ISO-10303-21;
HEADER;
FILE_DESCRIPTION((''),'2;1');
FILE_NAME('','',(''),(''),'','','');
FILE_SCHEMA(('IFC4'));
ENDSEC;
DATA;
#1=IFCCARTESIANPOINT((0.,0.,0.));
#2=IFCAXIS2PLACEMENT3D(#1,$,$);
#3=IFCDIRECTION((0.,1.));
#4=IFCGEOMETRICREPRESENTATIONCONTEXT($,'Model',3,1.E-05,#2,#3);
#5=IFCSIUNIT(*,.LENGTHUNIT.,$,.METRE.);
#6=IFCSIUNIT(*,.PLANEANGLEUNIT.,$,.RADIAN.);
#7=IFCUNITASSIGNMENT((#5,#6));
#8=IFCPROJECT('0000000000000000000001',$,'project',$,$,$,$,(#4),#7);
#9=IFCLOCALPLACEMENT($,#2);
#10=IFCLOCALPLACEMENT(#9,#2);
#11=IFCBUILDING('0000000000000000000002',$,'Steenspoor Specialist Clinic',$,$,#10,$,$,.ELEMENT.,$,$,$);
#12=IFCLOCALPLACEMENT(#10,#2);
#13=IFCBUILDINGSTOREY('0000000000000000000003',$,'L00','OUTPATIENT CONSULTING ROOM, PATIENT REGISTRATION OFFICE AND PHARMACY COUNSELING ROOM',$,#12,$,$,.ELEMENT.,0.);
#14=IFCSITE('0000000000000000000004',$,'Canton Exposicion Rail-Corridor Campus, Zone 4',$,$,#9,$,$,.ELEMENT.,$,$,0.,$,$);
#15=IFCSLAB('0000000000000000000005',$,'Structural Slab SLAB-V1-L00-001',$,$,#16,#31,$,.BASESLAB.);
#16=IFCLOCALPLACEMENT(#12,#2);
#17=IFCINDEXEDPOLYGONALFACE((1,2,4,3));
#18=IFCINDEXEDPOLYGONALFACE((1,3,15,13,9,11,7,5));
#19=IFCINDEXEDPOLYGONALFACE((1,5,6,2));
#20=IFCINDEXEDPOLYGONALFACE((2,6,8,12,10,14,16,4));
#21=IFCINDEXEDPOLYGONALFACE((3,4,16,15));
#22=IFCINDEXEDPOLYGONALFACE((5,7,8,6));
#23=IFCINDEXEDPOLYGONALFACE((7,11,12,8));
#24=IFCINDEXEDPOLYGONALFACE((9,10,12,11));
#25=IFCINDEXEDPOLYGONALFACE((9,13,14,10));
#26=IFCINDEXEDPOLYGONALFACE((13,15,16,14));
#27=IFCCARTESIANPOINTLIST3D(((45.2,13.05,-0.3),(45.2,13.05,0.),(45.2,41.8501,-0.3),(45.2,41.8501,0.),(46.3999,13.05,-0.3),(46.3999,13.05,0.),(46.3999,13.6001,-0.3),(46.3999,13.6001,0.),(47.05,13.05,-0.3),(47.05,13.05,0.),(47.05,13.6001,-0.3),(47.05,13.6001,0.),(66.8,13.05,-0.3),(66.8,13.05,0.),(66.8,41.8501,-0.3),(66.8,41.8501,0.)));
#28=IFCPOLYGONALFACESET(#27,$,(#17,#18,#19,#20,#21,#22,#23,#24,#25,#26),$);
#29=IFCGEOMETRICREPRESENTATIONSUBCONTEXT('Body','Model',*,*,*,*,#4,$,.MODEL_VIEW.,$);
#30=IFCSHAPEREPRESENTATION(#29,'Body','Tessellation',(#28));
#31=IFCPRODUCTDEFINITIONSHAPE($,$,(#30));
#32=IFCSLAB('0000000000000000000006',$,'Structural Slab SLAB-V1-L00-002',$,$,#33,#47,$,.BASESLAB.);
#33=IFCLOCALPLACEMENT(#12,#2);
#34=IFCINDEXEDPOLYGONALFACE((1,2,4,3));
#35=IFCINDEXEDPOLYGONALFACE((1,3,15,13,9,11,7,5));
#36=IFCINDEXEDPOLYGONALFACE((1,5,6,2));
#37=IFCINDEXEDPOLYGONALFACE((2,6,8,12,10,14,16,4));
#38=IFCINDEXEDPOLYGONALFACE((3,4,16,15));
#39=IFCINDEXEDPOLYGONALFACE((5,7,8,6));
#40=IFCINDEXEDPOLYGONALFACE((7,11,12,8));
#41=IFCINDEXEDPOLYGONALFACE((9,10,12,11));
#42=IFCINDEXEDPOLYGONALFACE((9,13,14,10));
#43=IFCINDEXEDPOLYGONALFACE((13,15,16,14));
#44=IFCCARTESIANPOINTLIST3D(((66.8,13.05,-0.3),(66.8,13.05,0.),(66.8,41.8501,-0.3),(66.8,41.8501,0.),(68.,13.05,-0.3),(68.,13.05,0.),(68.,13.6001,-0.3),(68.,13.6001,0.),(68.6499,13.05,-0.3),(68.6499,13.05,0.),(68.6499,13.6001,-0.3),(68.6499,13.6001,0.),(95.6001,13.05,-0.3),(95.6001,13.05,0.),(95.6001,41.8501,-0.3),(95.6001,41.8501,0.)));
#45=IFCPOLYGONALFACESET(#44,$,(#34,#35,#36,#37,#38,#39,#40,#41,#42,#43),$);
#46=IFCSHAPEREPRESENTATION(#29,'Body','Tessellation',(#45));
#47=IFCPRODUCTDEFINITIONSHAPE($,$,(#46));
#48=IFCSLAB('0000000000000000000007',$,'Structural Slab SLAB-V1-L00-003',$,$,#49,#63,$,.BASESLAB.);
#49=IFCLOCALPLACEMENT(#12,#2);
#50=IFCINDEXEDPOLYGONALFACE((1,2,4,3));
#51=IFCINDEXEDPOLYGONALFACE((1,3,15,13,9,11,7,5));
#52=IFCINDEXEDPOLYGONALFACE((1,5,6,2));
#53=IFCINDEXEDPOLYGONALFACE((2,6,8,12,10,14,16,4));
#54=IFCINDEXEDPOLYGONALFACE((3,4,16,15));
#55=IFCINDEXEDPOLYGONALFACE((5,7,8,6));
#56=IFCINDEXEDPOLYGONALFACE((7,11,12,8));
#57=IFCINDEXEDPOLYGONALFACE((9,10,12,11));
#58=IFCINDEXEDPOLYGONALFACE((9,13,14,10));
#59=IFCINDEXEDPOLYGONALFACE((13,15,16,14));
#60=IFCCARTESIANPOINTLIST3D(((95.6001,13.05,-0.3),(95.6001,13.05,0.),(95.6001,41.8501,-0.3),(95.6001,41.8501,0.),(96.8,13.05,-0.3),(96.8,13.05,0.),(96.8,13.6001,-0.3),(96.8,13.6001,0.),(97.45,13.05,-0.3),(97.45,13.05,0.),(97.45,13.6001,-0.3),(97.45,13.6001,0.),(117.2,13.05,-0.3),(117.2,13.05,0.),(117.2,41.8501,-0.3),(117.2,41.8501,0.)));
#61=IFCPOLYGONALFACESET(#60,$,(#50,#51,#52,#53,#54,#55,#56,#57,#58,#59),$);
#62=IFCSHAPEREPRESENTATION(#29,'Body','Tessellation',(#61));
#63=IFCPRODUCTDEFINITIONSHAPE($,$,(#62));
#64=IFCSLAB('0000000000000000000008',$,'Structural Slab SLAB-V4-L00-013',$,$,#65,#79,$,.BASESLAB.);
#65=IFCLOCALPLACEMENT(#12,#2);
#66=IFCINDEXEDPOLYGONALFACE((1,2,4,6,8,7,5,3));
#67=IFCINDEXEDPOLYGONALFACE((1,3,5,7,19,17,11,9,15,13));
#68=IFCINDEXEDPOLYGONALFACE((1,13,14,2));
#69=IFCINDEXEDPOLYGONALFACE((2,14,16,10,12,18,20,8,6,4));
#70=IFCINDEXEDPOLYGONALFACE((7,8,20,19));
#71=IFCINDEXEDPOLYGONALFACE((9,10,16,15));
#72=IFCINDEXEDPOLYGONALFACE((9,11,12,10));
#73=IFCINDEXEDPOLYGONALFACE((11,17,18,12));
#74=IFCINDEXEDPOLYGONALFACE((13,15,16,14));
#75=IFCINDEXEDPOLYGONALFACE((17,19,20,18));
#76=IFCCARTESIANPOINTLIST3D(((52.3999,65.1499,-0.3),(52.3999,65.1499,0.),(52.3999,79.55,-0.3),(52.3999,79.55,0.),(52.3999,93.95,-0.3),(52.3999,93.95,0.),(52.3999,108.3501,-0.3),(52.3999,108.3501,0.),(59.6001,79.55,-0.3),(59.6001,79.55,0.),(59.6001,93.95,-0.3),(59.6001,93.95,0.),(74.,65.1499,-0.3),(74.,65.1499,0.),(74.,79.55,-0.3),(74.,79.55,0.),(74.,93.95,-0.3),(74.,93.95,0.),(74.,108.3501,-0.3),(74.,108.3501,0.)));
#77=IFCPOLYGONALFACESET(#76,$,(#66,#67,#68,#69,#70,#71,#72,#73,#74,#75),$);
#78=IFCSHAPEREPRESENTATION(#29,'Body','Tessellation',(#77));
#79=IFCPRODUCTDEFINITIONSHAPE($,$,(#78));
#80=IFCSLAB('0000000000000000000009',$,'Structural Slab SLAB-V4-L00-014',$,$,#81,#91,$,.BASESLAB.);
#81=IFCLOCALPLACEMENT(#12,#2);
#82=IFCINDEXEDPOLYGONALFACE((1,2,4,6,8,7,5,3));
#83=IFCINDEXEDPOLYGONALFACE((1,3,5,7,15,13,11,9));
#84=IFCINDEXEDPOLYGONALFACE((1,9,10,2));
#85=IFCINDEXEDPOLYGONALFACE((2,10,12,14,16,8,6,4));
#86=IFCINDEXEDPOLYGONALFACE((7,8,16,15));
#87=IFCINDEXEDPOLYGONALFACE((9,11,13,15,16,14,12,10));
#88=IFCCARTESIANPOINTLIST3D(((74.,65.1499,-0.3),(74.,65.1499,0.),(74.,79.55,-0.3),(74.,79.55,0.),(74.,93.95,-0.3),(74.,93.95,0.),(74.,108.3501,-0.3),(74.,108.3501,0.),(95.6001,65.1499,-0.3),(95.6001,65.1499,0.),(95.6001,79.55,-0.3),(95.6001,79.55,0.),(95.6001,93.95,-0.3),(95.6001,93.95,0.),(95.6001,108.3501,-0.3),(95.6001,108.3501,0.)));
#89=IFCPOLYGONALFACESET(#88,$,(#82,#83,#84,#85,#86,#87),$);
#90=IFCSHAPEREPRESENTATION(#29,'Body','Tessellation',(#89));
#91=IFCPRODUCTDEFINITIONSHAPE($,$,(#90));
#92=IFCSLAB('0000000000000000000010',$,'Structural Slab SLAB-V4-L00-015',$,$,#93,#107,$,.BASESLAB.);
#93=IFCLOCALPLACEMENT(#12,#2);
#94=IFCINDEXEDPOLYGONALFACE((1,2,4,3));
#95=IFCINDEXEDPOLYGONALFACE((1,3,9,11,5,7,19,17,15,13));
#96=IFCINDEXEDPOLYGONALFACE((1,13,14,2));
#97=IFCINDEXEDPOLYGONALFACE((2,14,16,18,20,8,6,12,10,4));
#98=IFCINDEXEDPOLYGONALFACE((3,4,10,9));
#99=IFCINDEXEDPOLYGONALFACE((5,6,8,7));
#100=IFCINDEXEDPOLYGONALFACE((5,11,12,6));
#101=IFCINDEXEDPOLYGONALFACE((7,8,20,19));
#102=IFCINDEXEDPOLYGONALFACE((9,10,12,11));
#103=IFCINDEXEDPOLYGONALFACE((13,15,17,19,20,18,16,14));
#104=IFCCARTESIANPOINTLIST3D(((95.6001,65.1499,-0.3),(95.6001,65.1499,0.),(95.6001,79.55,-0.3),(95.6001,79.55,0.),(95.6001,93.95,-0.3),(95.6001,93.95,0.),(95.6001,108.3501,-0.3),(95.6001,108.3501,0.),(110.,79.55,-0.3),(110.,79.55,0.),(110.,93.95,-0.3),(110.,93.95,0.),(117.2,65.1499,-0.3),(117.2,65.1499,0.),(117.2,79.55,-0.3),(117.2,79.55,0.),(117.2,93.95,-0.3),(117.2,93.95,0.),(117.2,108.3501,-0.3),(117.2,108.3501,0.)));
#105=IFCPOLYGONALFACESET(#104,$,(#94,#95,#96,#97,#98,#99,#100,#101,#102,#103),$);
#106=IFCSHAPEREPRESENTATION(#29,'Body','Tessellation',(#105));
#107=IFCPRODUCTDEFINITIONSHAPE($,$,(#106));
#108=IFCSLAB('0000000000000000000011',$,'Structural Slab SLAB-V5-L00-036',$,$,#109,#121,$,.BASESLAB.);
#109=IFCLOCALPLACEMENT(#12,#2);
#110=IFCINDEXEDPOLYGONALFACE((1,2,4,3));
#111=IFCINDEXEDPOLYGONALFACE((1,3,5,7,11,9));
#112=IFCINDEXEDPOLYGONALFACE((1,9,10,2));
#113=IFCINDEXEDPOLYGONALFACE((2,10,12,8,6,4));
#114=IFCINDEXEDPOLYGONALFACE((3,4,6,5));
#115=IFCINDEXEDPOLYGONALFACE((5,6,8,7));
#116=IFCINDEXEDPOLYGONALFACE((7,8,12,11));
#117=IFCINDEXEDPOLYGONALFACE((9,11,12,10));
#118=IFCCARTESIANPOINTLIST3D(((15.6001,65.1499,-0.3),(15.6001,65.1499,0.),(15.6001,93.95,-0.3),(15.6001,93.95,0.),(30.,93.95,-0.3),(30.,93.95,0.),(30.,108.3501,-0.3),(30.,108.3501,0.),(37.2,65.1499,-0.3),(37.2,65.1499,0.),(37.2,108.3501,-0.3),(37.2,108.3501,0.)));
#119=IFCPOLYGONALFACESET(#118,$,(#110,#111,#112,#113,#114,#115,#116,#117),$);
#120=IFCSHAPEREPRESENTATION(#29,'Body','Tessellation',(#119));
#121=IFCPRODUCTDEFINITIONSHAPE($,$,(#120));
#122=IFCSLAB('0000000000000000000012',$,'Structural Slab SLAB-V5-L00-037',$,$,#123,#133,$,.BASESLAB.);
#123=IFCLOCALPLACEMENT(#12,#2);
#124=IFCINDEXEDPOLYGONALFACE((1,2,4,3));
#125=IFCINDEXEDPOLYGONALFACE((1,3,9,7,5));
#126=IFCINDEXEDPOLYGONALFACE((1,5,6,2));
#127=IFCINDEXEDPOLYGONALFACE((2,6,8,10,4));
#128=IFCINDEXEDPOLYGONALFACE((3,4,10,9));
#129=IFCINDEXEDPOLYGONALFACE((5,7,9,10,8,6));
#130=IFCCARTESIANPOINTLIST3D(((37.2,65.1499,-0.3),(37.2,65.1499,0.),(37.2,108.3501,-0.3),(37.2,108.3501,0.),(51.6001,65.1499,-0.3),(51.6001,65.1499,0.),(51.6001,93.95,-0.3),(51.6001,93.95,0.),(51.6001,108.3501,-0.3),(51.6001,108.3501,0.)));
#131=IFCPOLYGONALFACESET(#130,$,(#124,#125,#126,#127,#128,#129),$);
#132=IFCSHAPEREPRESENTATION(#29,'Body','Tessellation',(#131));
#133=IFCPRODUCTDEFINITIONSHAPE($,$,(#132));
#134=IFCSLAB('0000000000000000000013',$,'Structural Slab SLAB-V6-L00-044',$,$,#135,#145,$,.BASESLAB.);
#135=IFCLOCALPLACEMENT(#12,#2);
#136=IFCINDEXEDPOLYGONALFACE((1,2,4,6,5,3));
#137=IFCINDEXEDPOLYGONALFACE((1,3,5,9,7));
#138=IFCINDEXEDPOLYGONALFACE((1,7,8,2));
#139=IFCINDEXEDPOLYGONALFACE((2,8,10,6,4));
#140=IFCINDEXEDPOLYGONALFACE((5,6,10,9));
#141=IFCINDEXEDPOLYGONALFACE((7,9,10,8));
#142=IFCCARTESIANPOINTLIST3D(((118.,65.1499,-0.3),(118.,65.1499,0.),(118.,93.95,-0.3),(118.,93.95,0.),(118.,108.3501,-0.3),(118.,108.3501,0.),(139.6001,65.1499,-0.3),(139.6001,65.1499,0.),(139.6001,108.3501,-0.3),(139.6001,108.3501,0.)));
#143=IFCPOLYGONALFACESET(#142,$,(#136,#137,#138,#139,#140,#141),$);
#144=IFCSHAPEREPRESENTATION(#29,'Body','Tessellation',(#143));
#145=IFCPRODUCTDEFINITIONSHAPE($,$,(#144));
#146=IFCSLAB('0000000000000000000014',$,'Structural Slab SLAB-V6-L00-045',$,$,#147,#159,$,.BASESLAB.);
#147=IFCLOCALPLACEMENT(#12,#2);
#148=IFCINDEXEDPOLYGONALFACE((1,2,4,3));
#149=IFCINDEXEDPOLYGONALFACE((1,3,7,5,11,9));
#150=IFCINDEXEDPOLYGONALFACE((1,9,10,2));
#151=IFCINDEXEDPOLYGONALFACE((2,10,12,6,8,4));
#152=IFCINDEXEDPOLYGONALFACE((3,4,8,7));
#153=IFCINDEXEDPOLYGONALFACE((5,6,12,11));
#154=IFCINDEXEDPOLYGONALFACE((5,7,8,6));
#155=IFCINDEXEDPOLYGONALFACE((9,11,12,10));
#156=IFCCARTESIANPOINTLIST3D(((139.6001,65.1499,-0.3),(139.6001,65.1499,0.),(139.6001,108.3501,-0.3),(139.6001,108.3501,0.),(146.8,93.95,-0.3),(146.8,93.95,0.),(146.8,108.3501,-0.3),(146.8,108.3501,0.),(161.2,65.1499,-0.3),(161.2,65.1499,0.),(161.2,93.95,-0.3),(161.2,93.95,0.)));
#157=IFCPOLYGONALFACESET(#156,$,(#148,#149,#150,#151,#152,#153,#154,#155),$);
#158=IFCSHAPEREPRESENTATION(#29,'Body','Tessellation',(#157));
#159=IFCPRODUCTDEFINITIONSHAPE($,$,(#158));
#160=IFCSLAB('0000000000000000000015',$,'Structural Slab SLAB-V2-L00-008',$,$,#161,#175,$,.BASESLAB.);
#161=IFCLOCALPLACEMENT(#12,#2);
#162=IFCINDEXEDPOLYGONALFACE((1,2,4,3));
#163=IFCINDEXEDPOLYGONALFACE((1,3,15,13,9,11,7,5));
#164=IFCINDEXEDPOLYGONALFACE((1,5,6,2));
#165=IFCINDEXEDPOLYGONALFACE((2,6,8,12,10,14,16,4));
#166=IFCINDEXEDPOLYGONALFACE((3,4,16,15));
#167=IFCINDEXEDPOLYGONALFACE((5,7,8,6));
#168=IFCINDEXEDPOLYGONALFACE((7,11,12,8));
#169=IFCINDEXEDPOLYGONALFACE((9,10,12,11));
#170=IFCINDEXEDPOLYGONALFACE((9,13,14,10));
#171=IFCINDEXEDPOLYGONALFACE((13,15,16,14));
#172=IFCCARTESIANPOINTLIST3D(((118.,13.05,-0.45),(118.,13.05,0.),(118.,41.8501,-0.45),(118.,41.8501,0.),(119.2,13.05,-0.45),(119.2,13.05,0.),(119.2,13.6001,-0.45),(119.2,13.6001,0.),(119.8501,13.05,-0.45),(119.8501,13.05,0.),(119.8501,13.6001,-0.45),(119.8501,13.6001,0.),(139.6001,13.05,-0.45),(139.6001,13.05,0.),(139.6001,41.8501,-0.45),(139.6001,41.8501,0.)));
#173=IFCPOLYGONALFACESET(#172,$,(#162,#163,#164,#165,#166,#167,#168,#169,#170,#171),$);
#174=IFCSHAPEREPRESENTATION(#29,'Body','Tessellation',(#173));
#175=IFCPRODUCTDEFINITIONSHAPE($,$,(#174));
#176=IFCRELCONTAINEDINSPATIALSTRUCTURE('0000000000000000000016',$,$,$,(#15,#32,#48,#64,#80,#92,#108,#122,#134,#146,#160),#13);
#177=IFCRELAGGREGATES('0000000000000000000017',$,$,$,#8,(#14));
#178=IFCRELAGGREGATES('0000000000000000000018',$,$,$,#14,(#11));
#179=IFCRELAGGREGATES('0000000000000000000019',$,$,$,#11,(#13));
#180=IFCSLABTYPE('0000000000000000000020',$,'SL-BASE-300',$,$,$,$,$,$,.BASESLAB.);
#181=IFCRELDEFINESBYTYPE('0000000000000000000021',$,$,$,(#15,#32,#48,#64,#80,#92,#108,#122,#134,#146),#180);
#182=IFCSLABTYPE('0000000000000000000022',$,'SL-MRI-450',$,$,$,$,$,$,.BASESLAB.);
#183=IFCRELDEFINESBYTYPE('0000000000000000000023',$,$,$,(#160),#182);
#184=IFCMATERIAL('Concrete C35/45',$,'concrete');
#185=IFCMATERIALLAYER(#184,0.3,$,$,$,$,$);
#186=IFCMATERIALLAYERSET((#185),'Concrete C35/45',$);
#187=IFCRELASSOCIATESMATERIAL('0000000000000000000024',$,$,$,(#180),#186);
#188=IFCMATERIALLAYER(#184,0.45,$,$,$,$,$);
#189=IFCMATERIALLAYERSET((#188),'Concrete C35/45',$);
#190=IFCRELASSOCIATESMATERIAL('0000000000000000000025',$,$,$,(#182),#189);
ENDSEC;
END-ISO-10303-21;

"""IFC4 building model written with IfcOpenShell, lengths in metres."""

from ifc_helpers import new_model, si_unit, direction, frame, origin, place, context, subcontext, project, spatial, polyline, outline, extrude, material, layer, layer_set, type_object, element, save


model = new_model("IFC4")

# Units and contexts
model_context = context("Model", 3, precision=1e-05, world=origin(), true_north=direction((0.0, 1.0)))
body_context = subcontext(model_context, "Body", "Model", "MODEL_VIEW")
ifc_project = project(units=[si_unit("LENGTHUNIT", "METRE"), si_unit("PLANEANGLEUNIT", "RADIAN")], contexts=[model_context])

# Site, building, storey
site_placement = place(None, origin())
site = spatial("IfcSite", under=ifc_project, at=site_placement, Name="Canton Exposicion Rail-Corridor Campus, Zone 4", CompositionType="ELEMENT", RefElevation=0.0)
building_placement = place(site_placement, origin())
building = spatial("IfcBuilding", under=site, at=building_placement, Name="Steenspoor Specialist Clinic", CompositionType="ELEMENT")
storey_placement = place(building_placement, origin())
storey = spatial("IfcBuildingStorey", under=building, at=storey_placement, Name="L00", Description="OUTPATIENT CONSULTING ROOM, PATIENT REGISTRATION OFFICE AND PHARMACY COUNSELING ROOM", CompositionType="ELEMENT", Elevation=0.0)

# Slabs
ifc_material = material(Name="Concrete C35/45", Category="concrete")
ifc_layer_1 = layer(ifc_material, 0.3)
ifc_layer_set_1 = layer_set([ifc_layer_1], Name="Concrete C35/45")
slab_type_1 = type_object("IfcSlabType", Name="SL-BASE-300", PredefinedType="BASESLAB", material=ifc_layer_set_1)
slab_1_placement = place(storey_placement, frame((0.0, 0.0, -0.3)))
element("IfcSlab", 1, at=slab_1_placement, inside=storey, type_object=slab_type_1, Name="Structural Slab SLAB-V1-L00-001", PredefinedType="BASESLAB", context=body_context, shape_type="SweptSolid", body=[
    extrude(outline(polyline([(45.2, 41.8501), (66.8, 41.8501), (66.8, 13.05), (47.05, 13.05), (47.05, 13.6001), (46.3999, 13.6001), (46.3999, 13.05), (45.2, 13.05), (45.2, 41.8501)])), origin(), (0.0, 0.0, 1.0), 0.3),
])
slab_2_placement = place(storey_placement, frame((0.0, 0.0, -0.3)))
element("IfcSlab", 2, at=slab_2_placement, inside=storey, type_object=slab_type_1, Name="Structural Slab SLAB-V1-L00-002", PredefinedType="BASESLAB", context=body_context, shape_type="SweptSolid", body=[
    extrude(outline(polyline([(95.6001, 13.05), (68.6499, 13.05), (68.6499, 13.6001), (68.0, 13.6001), (68.0, 13.05), (66.8, 13.05), (66.8, 41.8501), (95.6001, 41.8501), (95.6001, 13.05)])), origin(), (0.0, 0.0, 1.0), 0.3),
])
slab_3_placement = place(storey_placement, frame((0.0, 0.0, -0.3)))
element("IfcSlab", 3, at=slab_3_placement, inside=storey, type_object=slab_type_1, Name="Structural Slab SLAB-V1-L00-003", PredefinedType="BASESLAB", context=body_context, shape_type="SweptSolid", body=[
    extrude(outline(polyline([(117.2, 13.05), (97.45, 13.05), (97.45, 13.6001), (96.8, 13.6001), (96.8, 13.05), (95.6001, 13.05), (95.6001, 41.8501), (117.2, 41.8501), (117.2, 13.05)])), origin(), (0.0, 0.0, 1.0), 0.3),
])
slab_4_placement = place(storey_placement, frame((0.0, 0.0, -0.3)))
element("IfcSlab", 4, at=slab_4_placement, inside=storey, type_object=slab_type_1, Name="Structural Slab SLAB-V4-L00-013", PredefinedType="BASESLAB", context=body_context, shape_type="SweptSolid", body=[
    extrude(outline(polyline([(52.3999, 65.1499), (52.3999, 79.55), (52.3999, 93.95), (52.3999, 108.3501), (74.0, 108.3501), (74.0, 93.95), (59.6001, 93.95), (59.6001, 79.55), (74.0, 79.55), (74.0, 65.1499), (52.3999, 65.1499)])), origin(), (0.0, 0.0, 1.0), 0.3),
])
slab_5_placement = place(storey_placement, frame((0.0, 0.0, -0.3)))
element("IfcSlab", 5, at=slab_5_placement, inside=storey, type_object=slab_type_1, Name="Structural Slab SLAB-V4-L00-014", PredefinedType="BASESLAB", context=body_context, shape_type="SweptSolid", body=[
    extrude(outline(polyline([(74.0, 65.1499), (74.0, 79.55), (74.0, 93.95), (74.0, 108.3501), (95.6001, 108.3501), (95.6001, 93.95), (95.6001, 79.55), (95.6001, 65.1499), (74.0, 65.1499)])), origin(), (0.0, 0.0, 1.0), 0.3),
])
slab_6_placement = place(storey_placement, frame((0.0, 0.0, -0.3)))
element("IfcSlab", 6, at=slab_6_placement, inside=storey, type_object=slab_type_1, Name="Structural Slab SLAB-V4-L00-015", PredefinedType="BASESLAB", context=body_context, shape_type="SweptSolid", body=[
    extrude(outline(polyline([(95.6001, 65.1499), (95.6001, 79.55), (110.0, 79.55), (110.0, 93.95), (95.6001, 93.95), (95.6001, 108.3501), (117.2, 108.3501), (117.2, 93.95), (117.2, 79.55), (117.2, 65.1499), (95.6001, 65.1499)])), origin(), (0.0, 0.0, 1.0), 0.3),
])
slab_7_placement = place(storey_placement, frame((0.0, 0.0, -0.3)))
element("IfcSlab", 7, at=slab_7_placement, inside=storey, type_object=slab_type_1, Name="Structural Slab SLAB-V5-L00-036", PredefinedType="BASESLAB", context=body_context, shape_type="SweptSolid", body=[
    extrude(outline(polyline([(15.6001, 65.1499), (15.6001, 93.95), (30.0, 93.95), (30.0, 108.3501), (37.2, 108.3501), (37.2, 65.1499), (15.6001, 65.1499)])), origin(), (0.0, 0.0, 1.0), 0.3),
])
slab_8_placement = place(storey_placement, frame((0.0, 0.0, -0.3)))
element("IfcSlab", 8, at=slab_8_placement, inside=storey, type_object=slab_type_1, Name="Structural Slab SLAB-V5-L00-037", PredefinedType="BASESLAB", context=body_context, shape_type="SweptSolid", body=[
    extrude(outline(polyline([(37.2, 65.1499), (37.2, 108.3501), (51.6001, 108.3501), (51.6001, 93.95), (51.6001, 65.1499), (37.2, 65.1499)])), origin(), (0.0, 0.0, 1.0), 0.3),
])
slab_9_placement = place(storey_placement, frame((0.0, 0.0, -0.3)))
element("IfcSlab", 9, at=slab_9_placement, inside=storey, type_object=slab_type_1, Name="Structural Slab SLAB-V6-L00-044", PredefinedType="BASESLAB", context=body_context, shape_type="SweptSolid", body=[
    extrude(outline(polyline([(118.0, 65.1499), (118.0, 93.95), (118.0, 108.3501), (139.6001, 108.3501), (139.6001, 65.1499), (118.0, 65.1499)])), origin(), (0.0, 0.0, 1.0), 0.3),
])
slab_10_placement = place(storey_placement, frame((0.0, 0.0, -0.3)))
element("IfcSlab", 10, at=slab_10_placement, inside=storey, type_object=slab_type_1, Name="Structural Slab SLAB-V6-L00-045", PredefinedType="BASESLAB", context=body_context, shape_type="SweptSolid", body=[
    extrude(outline(polyline([(161.2, 65.1499), (139.6001, 65.1499), (139.6001, 108.3501), (146.8, 108.3501), (146.8, 93.95), (161.2, 93.95), (161.2, 65.1499)])), origin(), (0.0, 0.0, 1.0), 0.3),
])
ifc_layer_2 = layer(ifc_material, 0.45)
ifc_layer_set_2 = layer_set([ifc_layer_2], Name="Concrete C35/45")
slab_type_2 = type_object("IfcSlabType", Name="SL-MRI-450", PredefinedType="BASESLAB", material=ifc_layer_set_2)
slab_11_placement = place(storey_placement, frame((0.0, 0.0, -0.45)))
element("IfcSlab", 11, at=slab_11_placement, inside=storey, type_object=slab_type_2, Name="Structural Slab SLAB-V2-L00-008", PredefinedType="BASESLAB", context=body_context, shape_type="SweptSolid", body=[
    extrude(outline(polyline([(118.0, 41.8501), (139.6001, 41.8501), (139.6001, 13.05), (119.8501, 13.05), (119.8501, 13.6001), (119.2, 13.6001), (119.2, 13.05), (118.0, 13.05), (118.0, 41.8501)])), origin(), (0.0, 0.0, 1.0), 0.45),
])

save(model, "model.ifc")
